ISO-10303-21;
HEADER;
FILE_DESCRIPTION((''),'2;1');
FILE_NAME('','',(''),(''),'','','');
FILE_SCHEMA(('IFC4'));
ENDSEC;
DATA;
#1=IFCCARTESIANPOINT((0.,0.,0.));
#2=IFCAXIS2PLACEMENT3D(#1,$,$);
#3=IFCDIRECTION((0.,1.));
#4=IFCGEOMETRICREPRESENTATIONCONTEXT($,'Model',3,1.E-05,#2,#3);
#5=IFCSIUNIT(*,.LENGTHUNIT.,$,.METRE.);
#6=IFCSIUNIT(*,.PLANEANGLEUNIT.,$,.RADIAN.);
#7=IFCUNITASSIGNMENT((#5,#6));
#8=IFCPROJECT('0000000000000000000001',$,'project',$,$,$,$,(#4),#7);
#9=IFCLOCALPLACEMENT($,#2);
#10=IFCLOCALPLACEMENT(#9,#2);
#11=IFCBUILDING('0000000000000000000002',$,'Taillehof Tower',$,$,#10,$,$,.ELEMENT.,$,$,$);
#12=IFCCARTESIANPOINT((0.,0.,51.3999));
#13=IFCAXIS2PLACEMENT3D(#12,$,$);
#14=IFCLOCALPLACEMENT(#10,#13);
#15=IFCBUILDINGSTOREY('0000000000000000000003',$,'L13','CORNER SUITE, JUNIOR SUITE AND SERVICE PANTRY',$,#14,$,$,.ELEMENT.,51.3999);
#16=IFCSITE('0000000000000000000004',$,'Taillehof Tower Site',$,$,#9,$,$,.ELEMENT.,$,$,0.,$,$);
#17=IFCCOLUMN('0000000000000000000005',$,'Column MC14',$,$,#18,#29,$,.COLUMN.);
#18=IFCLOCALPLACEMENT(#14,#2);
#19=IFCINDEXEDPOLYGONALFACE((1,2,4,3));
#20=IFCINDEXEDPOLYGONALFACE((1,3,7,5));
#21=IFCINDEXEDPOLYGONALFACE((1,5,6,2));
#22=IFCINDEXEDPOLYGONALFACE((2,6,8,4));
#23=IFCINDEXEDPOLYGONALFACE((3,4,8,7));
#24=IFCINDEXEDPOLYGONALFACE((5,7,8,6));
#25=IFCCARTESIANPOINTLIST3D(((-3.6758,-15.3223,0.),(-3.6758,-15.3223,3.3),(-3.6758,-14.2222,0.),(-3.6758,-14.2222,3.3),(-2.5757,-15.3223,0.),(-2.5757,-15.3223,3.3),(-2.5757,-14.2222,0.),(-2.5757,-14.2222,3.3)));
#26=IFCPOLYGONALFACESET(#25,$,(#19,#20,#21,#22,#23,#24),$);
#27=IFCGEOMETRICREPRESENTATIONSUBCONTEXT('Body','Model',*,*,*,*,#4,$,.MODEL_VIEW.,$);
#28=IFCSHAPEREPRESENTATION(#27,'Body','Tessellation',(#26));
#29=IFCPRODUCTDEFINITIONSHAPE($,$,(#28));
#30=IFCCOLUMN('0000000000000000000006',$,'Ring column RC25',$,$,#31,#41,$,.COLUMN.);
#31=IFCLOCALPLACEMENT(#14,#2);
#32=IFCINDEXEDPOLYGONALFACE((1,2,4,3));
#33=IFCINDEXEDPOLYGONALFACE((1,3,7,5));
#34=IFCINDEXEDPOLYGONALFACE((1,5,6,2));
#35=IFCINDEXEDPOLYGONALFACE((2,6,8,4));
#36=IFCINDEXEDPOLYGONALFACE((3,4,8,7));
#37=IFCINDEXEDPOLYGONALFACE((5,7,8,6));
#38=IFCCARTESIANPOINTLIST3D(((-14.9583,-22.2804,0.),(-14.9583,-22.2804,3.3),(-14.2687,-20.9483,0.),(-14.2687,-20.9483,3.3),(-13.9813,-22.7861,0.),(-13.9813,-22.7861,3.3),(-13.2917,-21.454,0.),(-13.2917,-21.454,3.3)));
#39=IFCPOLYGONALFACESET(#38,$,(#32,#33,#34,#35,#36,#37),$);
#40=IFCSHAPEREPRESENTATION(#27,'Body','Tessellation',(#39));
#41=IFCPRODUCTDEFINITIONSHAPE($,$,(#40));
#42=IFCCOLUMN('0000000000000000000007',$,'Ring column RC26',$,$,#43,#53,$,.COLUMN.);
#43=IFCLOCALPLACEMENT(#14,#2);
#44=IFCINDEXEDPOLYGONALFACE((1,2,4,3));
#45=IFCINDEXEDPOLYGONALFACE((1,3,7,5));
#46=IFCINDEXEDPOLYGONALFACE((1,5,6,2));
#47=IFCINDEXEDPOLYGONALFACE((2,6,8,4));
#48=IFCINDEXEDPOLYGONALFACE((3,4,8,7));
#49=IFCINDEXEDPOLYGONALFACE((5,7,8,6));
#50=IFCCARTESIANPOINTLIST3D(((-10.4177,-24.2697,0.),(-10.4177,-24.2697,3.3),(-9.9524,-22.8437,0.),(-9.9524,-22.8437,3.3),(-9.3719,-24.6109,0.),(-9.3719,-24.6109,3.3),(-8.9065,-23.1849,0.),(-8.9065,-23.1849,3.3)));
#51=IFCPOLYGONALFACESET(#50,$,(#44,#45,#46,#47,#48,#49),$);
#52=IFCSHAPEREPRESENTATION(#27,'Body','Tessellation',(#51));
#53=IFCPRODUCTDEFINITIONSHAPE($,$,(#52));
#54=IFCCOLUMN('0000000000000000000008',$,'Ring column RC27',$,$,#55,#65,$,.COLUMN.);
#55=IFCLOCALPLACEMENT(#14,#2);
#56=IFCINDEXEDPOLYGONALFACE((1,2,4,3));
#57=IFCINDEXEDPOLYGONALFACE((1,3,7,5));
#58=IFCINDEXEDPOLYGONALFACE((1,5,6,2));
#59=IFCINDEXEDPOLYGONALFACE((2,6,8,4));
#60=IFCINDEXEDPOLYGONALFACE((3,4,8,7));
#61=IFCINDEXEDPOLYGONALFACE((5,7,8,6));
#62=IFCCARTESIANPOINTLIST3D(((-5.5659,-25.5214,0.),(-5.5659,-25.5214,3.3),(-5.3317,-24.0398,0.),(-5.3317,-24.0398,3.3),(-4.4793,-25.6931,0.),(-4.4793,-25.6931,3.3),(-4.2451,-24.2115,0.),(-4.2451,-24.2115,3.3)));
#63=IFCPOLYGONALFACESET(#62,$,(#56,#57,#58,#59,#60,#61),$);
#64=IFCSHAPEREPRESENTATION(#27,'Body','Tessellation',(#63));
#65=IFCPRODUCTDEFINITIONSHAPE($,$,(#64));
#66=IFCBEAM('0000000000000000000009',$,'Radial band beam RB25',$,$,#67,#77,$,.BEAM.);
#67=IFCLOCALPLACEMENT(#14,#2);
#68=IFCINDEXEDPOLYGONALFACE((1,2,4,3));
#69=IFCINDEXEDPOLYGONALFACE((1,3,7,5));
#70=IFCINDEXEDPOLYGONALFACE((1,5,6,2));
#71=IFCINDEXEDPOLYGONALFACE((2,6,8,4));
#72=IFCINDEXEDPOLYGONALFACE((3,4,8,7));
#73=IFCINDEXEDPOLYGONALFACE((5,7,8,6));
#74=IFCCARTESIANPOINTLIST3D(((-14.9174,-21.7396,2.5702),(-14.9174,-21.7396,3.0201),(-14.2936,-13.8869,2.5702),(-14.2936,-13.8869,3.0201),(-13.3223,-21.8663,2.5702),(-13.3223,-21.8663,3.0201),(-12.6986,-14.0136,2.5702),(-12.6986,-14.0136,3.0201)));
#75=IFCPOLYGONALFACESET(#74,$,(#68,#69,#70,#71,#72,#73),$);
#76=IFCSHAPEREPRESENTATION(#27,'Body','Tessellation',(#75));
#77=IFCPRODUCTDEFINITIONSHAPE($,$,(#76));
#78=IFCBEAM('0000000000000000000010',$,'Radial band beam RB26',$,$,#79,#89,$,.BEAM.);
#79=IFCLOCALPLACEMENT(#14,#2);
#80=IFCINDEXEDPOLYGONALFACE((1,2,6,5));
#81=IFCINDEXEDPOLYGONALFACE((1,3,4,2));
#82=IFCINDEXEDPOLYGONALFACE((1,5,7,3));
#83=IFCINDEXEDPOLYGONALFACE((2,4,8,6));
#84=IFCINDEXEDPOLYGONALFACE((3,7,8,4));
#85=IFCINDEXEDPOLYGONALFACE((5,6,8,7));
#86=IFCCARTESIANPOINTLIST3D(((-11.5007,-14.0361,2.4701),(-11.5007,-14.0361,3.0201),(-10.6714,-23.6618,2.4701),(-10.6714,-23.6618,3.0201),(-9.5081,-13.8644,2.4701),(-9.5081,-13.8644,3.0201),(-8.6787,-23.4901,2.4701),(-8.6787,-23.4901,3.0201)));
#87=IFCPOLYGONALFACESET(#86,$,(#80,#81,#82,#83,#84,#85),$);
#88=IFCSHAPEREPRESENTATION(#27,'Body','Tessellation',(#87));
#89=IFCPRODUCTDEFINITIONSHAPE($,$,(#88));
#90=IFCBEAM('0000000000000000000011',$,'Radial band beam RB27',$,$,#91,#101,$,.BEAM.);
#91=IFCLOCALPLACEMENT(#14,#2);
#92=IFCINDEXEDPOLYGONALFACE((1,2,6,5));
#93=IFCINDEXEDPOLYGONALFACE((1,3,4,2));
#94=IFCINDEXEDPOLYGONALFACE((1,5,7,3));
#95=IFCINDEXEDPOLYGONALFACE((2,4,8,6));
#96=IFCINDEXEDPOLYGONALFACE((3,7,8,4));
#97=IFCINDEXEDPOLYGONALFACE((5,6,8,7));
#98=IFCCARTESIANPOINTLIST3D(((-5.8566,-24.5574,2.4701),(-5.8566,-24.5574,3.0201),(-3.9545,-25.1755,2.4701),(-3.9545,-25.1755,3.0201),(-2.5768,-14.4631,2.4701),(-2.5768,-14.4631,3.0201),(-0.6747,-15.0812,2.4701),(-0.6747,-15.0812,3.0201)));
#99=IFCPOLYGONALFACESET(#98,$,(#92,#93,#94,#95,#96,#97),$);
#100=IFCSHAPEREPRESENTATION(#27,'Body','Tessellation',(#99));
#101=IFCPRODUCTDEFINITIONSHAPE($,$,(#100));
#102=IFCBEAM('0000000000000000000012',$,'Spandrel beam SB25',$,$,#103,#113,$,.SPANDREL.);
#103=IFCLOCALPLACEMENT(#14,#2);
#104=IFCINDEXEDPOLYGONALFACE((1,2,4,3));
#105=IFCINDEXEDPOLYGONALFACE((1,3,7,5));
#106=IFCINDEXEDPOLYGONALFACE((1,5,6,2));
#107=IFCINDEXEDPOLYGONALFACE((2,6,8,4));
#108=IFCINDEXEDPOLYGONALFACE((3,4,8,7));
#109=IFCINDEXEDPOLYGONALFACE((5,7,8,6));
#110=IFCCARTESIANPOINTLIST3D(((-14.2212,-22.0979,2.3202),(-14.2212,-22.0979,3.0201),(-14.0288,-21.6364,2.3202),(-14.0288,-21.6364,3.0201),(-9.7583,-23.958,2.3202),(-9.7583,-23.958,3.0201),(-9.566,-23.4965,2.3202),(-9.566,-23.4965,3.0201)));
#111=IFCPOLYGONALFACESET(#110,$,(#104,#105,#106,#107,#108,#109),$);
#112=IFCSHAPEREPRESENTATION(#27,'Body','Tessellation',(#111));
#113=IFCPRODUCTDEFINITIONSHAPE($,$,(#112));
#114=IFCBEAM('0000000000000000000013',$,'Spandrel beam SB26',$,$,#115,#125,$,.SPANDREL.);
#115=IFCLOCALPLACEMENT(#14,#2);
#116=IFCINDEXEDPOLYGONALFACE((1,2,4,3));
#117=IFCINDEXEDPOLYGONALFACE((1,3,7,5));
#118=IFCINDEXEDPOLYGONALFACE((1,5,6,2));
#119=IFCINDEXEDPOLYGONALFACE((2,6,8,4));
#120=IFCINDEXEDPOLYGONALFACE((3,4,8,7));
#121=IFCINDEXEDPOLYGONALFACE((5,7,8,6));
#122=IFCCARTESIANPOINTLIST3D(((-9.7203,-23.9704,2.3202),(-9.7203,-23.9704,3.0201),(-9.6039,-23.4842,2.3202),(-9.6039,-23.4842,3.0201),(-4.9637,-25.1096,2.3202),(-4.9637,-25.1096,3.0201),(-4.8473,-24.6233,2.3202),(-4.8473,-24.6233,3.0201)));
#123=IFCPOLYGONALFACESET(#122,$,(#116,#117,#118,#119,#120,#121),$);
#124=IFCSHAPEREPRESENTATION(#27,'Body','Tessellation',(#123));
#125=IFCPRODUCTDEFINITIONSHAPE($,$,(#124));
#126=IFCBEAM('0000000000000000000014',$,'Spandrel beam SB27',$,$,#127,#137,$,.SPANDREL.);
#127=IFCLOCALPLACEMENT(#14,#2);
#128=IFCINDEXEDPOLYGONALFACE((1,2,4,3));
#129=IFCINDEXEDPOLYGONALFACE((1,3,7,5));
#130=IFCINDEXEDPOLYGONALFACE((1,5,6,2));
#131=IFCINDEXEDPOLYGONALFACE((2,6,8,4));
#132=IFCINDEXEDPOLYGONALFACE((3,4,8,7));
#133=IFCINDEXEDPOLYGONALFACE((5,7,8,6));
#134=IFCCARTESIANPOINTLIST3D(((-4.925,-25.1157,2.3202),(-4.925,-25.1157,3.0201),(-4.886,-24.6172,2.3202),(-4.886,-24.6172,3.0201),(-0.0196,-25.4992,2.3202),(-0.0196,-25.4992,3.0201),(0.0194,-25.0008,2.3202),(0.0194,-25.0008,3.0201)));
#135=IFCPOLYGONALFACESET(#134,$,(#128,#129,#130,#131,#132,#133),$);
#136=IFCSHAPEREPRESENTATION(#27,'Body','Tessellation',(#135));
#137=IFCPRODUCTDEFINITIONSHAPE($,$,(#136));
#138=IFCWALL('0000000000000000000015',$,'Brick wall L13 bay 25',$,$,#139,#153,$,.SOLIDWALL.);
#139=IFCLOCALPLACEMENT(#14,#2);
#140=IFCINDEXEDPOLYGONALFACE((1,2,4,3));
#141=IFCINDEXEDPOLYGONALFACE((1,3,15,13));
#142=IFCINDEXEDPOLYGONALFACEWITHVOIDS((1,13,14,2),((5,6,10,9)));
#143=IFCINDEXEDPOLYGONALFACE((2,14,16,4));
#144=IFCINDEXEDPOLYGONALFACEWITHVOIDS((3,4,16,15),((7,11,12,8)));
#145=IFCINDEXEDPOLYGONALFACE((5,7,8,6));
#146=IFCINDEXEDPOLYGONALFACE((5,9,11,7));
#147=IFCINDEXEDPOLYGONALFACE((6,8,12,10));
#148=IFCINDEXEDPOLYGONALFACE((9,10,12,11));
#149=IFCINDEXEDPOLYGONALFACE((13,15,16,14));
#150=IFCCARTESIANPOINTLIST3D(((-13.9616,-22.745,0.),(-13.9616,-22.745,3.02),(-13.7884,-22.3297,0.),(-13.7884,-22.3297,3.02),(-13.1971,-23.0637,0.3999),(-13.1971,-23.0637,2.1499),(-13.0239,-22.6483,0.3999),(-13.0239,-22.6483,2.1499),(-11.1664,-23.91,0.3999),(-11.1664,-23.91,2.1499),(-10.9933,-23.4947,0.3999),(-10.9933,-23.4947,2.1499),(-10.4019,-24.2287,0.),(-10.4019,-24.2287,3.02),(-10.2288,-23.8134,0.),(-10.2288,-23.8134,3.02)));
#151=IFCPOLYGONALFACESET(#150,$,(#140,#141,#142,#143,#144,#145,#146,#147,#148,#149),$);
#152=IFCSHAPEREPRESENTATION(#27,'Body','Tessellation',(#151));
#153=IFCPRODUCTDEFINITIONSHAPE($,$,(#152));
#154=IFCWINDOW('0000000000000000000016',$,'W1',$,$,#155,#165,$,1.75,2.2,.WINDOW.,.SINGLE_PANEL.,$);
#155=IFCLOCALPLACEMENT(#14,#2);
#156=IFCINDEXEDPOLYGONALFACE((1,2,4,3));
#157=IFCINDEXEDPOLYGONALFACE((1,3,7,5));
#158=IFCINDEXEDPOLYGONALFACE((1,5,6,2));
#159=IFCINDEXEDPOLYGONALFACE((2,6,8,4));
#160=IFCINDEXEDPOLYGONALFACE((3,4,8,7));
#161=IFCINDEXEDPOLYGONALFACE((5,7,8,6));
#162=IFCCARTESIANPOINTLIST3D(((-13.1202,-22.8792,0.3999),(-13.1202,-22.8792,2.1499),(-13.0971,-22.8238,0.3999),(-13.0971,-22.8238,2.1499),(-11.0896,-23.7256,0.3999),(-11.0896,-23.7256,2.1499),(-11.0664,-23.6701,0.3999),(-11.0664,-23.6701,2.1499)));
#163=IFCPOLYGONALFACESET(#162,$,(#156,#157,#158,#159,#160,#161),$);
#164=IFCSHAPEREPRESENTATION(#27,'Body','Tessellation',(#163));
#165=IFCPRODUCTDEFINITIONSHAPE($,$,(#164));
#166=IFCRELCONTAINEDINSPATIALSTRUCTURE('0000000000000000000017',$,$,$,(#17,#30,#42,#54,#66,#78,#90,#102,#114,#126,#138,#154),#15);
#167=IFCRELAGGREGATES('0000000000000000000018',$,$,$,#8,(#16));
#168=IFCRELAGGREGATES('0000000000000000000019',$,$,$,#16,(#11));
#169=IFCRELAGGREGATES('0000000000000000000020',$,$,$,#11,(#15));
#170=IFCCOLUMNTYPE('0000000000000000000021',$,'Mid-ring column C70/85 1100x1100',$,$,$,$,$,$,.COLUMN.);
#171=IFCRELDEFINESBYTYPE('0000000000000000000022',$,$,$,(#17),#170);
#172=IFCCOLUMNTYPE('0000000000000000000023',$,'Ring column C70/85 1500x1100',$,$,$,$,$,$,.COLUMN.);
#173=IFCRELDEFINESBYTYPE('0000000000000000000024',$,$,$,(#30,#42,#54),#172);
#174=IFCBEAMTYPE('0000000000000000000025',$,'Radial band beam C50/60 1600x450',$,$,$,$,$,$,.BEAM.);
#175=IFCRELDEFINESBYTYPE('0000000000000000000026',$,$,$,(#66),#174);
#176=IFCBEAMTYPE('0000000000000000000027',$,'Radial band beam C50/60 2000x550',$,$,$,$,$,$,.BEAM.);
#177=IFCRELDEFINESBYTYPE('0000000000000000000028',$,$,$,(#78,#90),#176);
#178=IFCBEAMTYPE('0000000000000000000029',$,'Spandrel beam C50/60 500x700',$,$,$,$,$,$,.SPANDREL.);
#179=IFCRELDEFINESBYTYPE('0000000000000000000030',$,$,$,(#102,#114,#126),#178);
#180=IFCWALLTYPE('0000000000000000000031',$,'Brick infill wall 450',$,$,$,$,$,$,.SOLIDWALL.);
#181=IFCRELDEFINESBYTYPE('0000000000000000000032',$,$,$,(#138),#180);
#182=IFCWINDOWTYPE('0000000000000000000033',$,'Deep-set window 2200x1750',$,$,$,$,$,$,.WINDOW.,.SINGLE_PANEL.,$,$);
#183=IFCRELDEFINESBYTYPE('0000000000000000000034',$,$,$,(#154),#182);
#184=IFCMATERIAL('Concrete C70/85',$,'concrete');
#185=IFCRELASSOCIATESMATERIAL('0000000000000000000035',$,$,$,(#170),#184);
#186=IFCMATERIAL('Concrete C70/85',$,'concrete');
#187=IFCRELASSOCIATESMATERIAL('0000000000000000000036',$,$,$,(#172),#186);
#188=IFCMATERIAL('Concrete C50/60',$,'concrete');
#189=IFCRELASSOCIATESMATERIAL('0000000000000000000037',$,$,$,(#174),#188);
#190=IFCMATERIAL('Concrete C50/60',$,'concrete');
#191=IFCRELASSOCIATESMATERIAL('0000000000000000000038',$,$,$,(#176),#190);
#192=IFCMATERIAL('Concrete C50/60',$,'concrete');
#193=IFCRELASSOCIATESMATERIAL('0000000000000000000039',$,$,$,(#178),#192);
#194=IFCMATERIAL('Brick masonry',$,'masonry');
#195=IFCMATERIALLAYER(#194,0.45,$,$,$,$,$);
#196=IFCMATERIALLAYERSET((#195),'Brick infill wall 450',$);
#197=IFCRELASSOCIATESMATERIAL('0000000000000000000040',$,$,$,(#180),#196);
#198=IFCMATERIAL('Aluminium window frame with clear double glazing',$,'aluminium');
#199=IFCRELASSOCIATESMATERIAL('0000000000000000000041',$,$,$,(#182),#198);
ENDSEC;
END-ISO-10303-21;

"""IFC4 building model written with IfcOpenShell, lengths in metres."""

from ifc_helpers import new_model, si_unit, direction, frame, frame_2d, origin, origin_2d, place, context, subcontext, project, spatial, rectangle, extrude, material, layer, layer_set, material_profile, profile_set, type_object, element, fill, save


model = new_model("IFC4")

# Units and contexts
model_context = context("Model", 3, precision=1e-05, world=origin(), true_north=direction((0.0, 1.0)))
body_context = subcontext(model_context, "Body", "Model", "MODEL_VIEW")
ifc_project = project(units=[si_unit("LENGTHUNIT", "METRE"), si_unit("PLANEANGLEUNIT", "RADIAN")], contexts=[model_context])

# Site, building, storey
site_placement = place(None, origin())
site = spatial("IfcSite", under=ifc_project, at=site_placement, Name="Taillehof Tower Site", CompositionType="ELEMENT", RefElevation=0.0)
building_placement = place(site_placement, origin())
building = spatial("IfcBuilding", under=site, at=building_placement, Name="Taillehof Tower", CompositionType="ELEMENT")
storey_placement = place(building_placement, frame((0.0, 0.0, 51.3999)))
storey = spatial("IfcBuildingStorey", under=building, at=storey_placement, Name="L13", Description="CORNER SUITE, JUNIOR SUITE AND SERVICE PANTRY", CompositionType="ELEMENT", Elevation=51.3999)

# Columns
ifc_material_1 = material(Name="Concrete C70/85", Category="concrete")
ifc_material_profile_1 = material_profile(ifc_material_1, rectangle(XDim=1.1001, YDim=1.1001, at=origin_2d()), Name="RC 1100x1100")
ifc_profile_set_1 = profile_set([ifc_material_profile_1], Name="Concrete C70/85")
column_type_1 = type_object("IfcColumnType", Name="Mid-ring column C70/85 1100x1100", PredefinedType="COLUMN", material=ifc_profile_set_1)
column_placement = place(storey_placement, frame((-3.1257, -14.7722, 0.0), z_axis=(0.0, 0.0, 1.0), x_axis=(1.0, 0.0, 0.0)))
element("IfcColumn", 1, at=column_placement, inside=storey, type_object=column_type_1, Name="Column MC14", PredefinedType="COLUMN", context=body_context, shape_type="SweptSolid", body=[
    extrude(rectangle(XDim=1.1001, YDim=1.1001, at=origin_2d()), origin(), (0.0, 0.0, 1.0), 3.3),
])
ifc_material_2 = material(Name="Concrete C70/85", Category="concrete")
ifc_material_profile_2 = material_profile(ifc_material_2, rectangle(XDim=1.5, YDim=1.1001, at=origin_2d()), Name="RC 1500x1100")
ifc_profile_set_2 = profile_set([ifc_material_profile_2], Name="Concrete C70/85")
column_type_2 = type_object("IfcColumnType", Name="Ring column C70/85 1500x1100", PredefinedType="COLUMN", material=ifc_profile_set_2)
for number, where, z_axis, x_axis, name in (
    (2, (-14.125, -21.8672, 0.0), (0.0, 0.0, 1.0), (-0.459691, -0.888079, 0.0), "Ring column RC25"),
    (3, (-9.6621, -23.7273, 0.0), (0.0, 0.0, 1.0), (-0.310219, -0.950665, 0.0), "Ring column RC26"),
    (4, (-4.9055, -24.8665, 0.0), (0.0, 0.0, 1.0), (-0.156147, -0.987734, 0.0), "Ring column RC27"),
):
    element("IfcColumn", number, at=place(storey_placement, frame(where, z_axis=z_axis, x_axis=x_axis)), inside=storey, type_object=column_type_2, Name=name, PredefinedType="COLUMN", context=body_context, shape_type="SweptSolid", body=[
        extrude(rectangle(XDim=1.5, YDim=1.1001, at=origin_2d()), origin(), (0.0, 0.0, 1.0), 3.3),
    ])

# Beams
ifc_material_3 = material(Name="Concrete C50/60", Category="concrete")
ifc_material_profile_3 = material_profile(ifc_material_3, rectangle(XDim=1.6001, YDim=0.45, at=origin_2d()), Name="RC 1600x450")
ifc_profile_set_3 = profile_set([ifc_material_profile_3], Name="Concrete C50/60")
beam_type_1 = type_object("IfcBeamType", Name="Radial band beam C50/60 1600x450", PredefinedType="BEAM", material=ifc_profile_set_3)
beam_1_placement = place(storey_placement, frame((-14.1199, -21.803, 2.7952), z_axis=(0.079185, 0.99686, 0.0), x_axis=(-0.99686, 0.079185, 0.0)))
element("IfcBeam", 5, at=beam_1_placement, inside=storey, type_object=beam_type_1, Name="Radial band beam RB25", PredefinedType="BEAM", context=body_context, shape_type="SweptSolid", body=[
    extrude(rectangle(XDim=1.6001, YDim=0.45, at=origin_2d()), origin(), (0.0, 0.0, 1.0), 7.8774),
])
ifc_material_4 = material(Name="Concrete C50/60", Category="concrete")
ifc_material_profile_4 = material_profile(ifc_material_4, rectangle(XDim=2.0, YDim=0.55, at=origin_2d()), Name="RC 2000x550")
ifc_profile_set_4 = profile_set([ifc_material_profile_4], Name="Concrete C50/60")
beam_type_2 = type_object("IfcBeamType", Name="Radial band beam C50/60 2000x550", PredefinedType="BEAM", material=ifc_profile_set_4)
beam_2_placement = place(storey_placement, frame((-9.675, -23.5759, 2.7451), z_axis=(-0.085841, 0.996309, 0.0), x_axis=(-0.996309, -0.085841, 0.0)))
element("IfcBeam", 6, at=beam_2_placement, inside=storey, type_object=beam_type_2, Name="Radial band beam RB26", PredefinedType="BEAM", context=body_context, shape_type="SweptSolid", body=[
    extrude(rectangle(XDim=2.0, YDim=0.55, at=origin_2d()), origin(), (0.0, 0.0, 1.0), 9.6614),
])
beam_3_placement = place(storey_placement, frame((-4.9055, -24.8665, 2.7451), z_axis=(0.309014, 0.951057, 0.0), x_axis=(-0.951057, 0.309014, 0.0)))
element("IfcBeam", 7, at=beam_3_placement, inside=storey, type_object=beam_type_2, Name="Radial band beam RB27", PredefinedType="BEAM", context=body_context, shape_type="SweptSolid", body=[
    extrude(rectangle(XDim=2.0, YDim=0.55, at=origin_2d()), origin(), (0.0, 0.0, 1.0), 10.6138),
])
ifc_material_5 = material(Name="Concrete C50/60", Category="concrete")
ifc_material_profile_5 = material_profile(ifc_material_5, rectangle(XDim=0.5, YDim=0.7, at=origin_2d()), Name="RC 500x700")
ifc_profile_set_5 = profile_set([ifc_material_profile_5], Name="Concrete C50/60")
beam_type_3 = type_object("IfcBeamType", Name="Spandrel beam C50/60 500x700", PredefinedType="SPANDREL", material=ifc_profile_set_5)
beam_4_placement = place(storey_placement, frame((-14.125, -21.8672, 2.6702), z_axis=(0.923035, -0.384716, 0.0), x_axis=(0.384716, 0.923035, 0.0)))
element("IfcBeam", 8, at=beam_4_placement, inside=storey, type_object=beam_type_3, Name="Spandrel beam SB25", PredefinedType="SPANDREL", context=body_context, shape_type="SweptSolid", body=[
    extrude(rectangle(XDim=0.5, YDim=0.7, at=origin_2d()), origin(), (0.0, 0.0, 1.0), 4.835),
])
beam_5_placement = place(storey_placement, frame((-9.6621, -23.7273, 2.6702), z_axis=(0.9725, -0.232905, 0.0), x_axis=(0.232905, 0.9725, 0.0)))
element("IfcBeam", 9, at=beam_5_placement, inside=storey, type_object=beam_type_3, Name="Spandrel beam SB26", PredefinedType="SPANDREL", context=body_context, shape_type="SweptSolid", body=[
    extrude(rectangle(XDim=0.5, YDim=0.7, at=origin_2d()), origin(), (0.0, 0.0, 1.0), 4.8911),
])
beam_6_placement = place(storey_placement, frame((-4.9055, -24.8665, 2.6702), z_axis=(0.996957, -0.077949, 0.0), x_axis=(0.077949, 0.996957, 0.0)))
element("IfcBeam", 10, at=beam_6_placement, inside=storey, type_object=beam_type_3, Name="Spandrel beam SB27", PredefinedType="SPANDREL", context=body_context, shape_type="SweptSolid", body=[
    extrude(rectangle(XDim=0.5, YDim=0.7, at=origin_2d()), origin(), (0.0, 0.0, 1.0), 4.9204),
])

# Wall, opening, window
ifc_material_6 = material(Name="Brick masonry", Category="masonry")
ifc_layer_1 = layer(ifc_material_6, 0.45)
ifc_layer_set_1 = layer_set([ifc_layer_1], Name="Brick infill wall 450")
wall_type_1 = type_object("IfcWallType", Name="Brick infill wall 450", PredefinedType="SOLIDWALL", material=ifc_layer_set_1)
wall_1_placement = place(storey_placement, frame((-13.875, -22.5374, 0.0), z_axis=(0.0, 0.0, 1.0), x_axis=(0.923032, -0.384723, 0.0)))
wall_1 = element("IfcWall", 11, at=wall_1_placement, inside=storey, type_object=wall_type_1, Name="Brick wall L13 bay 25", PredefinedType="SOLIDWALL", context=body_context, shape_type="SweptSolid", body=[
    extrude(rectangle(XDim=3.8564, YDim=0.45, at=frame_2d((1.9282, 0.0))), origin(), (0.0, 0.0, 1.0), 3.02),
])
opening_1_placement = place(wall_1_placement, frame((0.8281, 0.0, 0.3999)))
opening_1 = element("IfcOpeningElement", 12, at=opening_1_placement, cuts=wall_1, PredefinedType="OPENING", context=body_context, shape_type="SweptSolid", body=[
    extrude(rectangle(XDim=2.2, YDim=1.75, at=frame_2d((1.1001, 0.875))), frame((0.0, 0.2349, 0.0), z_axis=(0.0, -1.0, 0.0), x_axis=(1.0, 0.0, 0.0)), (0.0, 0.0, 1.0), 0.47),
])
ifc_material_7 = material(Name="Aluminium window frame with clear double glazing", Category="aluminium")
window_type = type_object("IfcWindowType", Name="Deep-set window 2200x1750", PartitioningType="SINGLE_PANEL", PredefinedType="WINDOW", material=ifc_material_7)
window_1_placement = place(opening_1_placement, origin())
window_1 = element("IfcWindow", 13, at=window_1_placement, inside=storey, type_object=window_type, Name="W1", OverallHeight=1.75, OverallWidth=2.2, PartitioningType="SINGLE_PANEL", PredefinedType="WINDOW", context=body_context, shape_type="SweptSolid", body=[
    extrude(rectangle(XDim=2.2, YDim=1.75, at=frame_2d((1.1001, 0.875))), frame((0.0, 0.0349, 0.0), z_axis=(0.0, -1.0, 0.0), x_axis=(1.0, 0.0, 0.0)), (0.0, 0.0, 1.0), 0.0601),
])
fill(opening_1, window_1)

save(model, "model.ifc")
